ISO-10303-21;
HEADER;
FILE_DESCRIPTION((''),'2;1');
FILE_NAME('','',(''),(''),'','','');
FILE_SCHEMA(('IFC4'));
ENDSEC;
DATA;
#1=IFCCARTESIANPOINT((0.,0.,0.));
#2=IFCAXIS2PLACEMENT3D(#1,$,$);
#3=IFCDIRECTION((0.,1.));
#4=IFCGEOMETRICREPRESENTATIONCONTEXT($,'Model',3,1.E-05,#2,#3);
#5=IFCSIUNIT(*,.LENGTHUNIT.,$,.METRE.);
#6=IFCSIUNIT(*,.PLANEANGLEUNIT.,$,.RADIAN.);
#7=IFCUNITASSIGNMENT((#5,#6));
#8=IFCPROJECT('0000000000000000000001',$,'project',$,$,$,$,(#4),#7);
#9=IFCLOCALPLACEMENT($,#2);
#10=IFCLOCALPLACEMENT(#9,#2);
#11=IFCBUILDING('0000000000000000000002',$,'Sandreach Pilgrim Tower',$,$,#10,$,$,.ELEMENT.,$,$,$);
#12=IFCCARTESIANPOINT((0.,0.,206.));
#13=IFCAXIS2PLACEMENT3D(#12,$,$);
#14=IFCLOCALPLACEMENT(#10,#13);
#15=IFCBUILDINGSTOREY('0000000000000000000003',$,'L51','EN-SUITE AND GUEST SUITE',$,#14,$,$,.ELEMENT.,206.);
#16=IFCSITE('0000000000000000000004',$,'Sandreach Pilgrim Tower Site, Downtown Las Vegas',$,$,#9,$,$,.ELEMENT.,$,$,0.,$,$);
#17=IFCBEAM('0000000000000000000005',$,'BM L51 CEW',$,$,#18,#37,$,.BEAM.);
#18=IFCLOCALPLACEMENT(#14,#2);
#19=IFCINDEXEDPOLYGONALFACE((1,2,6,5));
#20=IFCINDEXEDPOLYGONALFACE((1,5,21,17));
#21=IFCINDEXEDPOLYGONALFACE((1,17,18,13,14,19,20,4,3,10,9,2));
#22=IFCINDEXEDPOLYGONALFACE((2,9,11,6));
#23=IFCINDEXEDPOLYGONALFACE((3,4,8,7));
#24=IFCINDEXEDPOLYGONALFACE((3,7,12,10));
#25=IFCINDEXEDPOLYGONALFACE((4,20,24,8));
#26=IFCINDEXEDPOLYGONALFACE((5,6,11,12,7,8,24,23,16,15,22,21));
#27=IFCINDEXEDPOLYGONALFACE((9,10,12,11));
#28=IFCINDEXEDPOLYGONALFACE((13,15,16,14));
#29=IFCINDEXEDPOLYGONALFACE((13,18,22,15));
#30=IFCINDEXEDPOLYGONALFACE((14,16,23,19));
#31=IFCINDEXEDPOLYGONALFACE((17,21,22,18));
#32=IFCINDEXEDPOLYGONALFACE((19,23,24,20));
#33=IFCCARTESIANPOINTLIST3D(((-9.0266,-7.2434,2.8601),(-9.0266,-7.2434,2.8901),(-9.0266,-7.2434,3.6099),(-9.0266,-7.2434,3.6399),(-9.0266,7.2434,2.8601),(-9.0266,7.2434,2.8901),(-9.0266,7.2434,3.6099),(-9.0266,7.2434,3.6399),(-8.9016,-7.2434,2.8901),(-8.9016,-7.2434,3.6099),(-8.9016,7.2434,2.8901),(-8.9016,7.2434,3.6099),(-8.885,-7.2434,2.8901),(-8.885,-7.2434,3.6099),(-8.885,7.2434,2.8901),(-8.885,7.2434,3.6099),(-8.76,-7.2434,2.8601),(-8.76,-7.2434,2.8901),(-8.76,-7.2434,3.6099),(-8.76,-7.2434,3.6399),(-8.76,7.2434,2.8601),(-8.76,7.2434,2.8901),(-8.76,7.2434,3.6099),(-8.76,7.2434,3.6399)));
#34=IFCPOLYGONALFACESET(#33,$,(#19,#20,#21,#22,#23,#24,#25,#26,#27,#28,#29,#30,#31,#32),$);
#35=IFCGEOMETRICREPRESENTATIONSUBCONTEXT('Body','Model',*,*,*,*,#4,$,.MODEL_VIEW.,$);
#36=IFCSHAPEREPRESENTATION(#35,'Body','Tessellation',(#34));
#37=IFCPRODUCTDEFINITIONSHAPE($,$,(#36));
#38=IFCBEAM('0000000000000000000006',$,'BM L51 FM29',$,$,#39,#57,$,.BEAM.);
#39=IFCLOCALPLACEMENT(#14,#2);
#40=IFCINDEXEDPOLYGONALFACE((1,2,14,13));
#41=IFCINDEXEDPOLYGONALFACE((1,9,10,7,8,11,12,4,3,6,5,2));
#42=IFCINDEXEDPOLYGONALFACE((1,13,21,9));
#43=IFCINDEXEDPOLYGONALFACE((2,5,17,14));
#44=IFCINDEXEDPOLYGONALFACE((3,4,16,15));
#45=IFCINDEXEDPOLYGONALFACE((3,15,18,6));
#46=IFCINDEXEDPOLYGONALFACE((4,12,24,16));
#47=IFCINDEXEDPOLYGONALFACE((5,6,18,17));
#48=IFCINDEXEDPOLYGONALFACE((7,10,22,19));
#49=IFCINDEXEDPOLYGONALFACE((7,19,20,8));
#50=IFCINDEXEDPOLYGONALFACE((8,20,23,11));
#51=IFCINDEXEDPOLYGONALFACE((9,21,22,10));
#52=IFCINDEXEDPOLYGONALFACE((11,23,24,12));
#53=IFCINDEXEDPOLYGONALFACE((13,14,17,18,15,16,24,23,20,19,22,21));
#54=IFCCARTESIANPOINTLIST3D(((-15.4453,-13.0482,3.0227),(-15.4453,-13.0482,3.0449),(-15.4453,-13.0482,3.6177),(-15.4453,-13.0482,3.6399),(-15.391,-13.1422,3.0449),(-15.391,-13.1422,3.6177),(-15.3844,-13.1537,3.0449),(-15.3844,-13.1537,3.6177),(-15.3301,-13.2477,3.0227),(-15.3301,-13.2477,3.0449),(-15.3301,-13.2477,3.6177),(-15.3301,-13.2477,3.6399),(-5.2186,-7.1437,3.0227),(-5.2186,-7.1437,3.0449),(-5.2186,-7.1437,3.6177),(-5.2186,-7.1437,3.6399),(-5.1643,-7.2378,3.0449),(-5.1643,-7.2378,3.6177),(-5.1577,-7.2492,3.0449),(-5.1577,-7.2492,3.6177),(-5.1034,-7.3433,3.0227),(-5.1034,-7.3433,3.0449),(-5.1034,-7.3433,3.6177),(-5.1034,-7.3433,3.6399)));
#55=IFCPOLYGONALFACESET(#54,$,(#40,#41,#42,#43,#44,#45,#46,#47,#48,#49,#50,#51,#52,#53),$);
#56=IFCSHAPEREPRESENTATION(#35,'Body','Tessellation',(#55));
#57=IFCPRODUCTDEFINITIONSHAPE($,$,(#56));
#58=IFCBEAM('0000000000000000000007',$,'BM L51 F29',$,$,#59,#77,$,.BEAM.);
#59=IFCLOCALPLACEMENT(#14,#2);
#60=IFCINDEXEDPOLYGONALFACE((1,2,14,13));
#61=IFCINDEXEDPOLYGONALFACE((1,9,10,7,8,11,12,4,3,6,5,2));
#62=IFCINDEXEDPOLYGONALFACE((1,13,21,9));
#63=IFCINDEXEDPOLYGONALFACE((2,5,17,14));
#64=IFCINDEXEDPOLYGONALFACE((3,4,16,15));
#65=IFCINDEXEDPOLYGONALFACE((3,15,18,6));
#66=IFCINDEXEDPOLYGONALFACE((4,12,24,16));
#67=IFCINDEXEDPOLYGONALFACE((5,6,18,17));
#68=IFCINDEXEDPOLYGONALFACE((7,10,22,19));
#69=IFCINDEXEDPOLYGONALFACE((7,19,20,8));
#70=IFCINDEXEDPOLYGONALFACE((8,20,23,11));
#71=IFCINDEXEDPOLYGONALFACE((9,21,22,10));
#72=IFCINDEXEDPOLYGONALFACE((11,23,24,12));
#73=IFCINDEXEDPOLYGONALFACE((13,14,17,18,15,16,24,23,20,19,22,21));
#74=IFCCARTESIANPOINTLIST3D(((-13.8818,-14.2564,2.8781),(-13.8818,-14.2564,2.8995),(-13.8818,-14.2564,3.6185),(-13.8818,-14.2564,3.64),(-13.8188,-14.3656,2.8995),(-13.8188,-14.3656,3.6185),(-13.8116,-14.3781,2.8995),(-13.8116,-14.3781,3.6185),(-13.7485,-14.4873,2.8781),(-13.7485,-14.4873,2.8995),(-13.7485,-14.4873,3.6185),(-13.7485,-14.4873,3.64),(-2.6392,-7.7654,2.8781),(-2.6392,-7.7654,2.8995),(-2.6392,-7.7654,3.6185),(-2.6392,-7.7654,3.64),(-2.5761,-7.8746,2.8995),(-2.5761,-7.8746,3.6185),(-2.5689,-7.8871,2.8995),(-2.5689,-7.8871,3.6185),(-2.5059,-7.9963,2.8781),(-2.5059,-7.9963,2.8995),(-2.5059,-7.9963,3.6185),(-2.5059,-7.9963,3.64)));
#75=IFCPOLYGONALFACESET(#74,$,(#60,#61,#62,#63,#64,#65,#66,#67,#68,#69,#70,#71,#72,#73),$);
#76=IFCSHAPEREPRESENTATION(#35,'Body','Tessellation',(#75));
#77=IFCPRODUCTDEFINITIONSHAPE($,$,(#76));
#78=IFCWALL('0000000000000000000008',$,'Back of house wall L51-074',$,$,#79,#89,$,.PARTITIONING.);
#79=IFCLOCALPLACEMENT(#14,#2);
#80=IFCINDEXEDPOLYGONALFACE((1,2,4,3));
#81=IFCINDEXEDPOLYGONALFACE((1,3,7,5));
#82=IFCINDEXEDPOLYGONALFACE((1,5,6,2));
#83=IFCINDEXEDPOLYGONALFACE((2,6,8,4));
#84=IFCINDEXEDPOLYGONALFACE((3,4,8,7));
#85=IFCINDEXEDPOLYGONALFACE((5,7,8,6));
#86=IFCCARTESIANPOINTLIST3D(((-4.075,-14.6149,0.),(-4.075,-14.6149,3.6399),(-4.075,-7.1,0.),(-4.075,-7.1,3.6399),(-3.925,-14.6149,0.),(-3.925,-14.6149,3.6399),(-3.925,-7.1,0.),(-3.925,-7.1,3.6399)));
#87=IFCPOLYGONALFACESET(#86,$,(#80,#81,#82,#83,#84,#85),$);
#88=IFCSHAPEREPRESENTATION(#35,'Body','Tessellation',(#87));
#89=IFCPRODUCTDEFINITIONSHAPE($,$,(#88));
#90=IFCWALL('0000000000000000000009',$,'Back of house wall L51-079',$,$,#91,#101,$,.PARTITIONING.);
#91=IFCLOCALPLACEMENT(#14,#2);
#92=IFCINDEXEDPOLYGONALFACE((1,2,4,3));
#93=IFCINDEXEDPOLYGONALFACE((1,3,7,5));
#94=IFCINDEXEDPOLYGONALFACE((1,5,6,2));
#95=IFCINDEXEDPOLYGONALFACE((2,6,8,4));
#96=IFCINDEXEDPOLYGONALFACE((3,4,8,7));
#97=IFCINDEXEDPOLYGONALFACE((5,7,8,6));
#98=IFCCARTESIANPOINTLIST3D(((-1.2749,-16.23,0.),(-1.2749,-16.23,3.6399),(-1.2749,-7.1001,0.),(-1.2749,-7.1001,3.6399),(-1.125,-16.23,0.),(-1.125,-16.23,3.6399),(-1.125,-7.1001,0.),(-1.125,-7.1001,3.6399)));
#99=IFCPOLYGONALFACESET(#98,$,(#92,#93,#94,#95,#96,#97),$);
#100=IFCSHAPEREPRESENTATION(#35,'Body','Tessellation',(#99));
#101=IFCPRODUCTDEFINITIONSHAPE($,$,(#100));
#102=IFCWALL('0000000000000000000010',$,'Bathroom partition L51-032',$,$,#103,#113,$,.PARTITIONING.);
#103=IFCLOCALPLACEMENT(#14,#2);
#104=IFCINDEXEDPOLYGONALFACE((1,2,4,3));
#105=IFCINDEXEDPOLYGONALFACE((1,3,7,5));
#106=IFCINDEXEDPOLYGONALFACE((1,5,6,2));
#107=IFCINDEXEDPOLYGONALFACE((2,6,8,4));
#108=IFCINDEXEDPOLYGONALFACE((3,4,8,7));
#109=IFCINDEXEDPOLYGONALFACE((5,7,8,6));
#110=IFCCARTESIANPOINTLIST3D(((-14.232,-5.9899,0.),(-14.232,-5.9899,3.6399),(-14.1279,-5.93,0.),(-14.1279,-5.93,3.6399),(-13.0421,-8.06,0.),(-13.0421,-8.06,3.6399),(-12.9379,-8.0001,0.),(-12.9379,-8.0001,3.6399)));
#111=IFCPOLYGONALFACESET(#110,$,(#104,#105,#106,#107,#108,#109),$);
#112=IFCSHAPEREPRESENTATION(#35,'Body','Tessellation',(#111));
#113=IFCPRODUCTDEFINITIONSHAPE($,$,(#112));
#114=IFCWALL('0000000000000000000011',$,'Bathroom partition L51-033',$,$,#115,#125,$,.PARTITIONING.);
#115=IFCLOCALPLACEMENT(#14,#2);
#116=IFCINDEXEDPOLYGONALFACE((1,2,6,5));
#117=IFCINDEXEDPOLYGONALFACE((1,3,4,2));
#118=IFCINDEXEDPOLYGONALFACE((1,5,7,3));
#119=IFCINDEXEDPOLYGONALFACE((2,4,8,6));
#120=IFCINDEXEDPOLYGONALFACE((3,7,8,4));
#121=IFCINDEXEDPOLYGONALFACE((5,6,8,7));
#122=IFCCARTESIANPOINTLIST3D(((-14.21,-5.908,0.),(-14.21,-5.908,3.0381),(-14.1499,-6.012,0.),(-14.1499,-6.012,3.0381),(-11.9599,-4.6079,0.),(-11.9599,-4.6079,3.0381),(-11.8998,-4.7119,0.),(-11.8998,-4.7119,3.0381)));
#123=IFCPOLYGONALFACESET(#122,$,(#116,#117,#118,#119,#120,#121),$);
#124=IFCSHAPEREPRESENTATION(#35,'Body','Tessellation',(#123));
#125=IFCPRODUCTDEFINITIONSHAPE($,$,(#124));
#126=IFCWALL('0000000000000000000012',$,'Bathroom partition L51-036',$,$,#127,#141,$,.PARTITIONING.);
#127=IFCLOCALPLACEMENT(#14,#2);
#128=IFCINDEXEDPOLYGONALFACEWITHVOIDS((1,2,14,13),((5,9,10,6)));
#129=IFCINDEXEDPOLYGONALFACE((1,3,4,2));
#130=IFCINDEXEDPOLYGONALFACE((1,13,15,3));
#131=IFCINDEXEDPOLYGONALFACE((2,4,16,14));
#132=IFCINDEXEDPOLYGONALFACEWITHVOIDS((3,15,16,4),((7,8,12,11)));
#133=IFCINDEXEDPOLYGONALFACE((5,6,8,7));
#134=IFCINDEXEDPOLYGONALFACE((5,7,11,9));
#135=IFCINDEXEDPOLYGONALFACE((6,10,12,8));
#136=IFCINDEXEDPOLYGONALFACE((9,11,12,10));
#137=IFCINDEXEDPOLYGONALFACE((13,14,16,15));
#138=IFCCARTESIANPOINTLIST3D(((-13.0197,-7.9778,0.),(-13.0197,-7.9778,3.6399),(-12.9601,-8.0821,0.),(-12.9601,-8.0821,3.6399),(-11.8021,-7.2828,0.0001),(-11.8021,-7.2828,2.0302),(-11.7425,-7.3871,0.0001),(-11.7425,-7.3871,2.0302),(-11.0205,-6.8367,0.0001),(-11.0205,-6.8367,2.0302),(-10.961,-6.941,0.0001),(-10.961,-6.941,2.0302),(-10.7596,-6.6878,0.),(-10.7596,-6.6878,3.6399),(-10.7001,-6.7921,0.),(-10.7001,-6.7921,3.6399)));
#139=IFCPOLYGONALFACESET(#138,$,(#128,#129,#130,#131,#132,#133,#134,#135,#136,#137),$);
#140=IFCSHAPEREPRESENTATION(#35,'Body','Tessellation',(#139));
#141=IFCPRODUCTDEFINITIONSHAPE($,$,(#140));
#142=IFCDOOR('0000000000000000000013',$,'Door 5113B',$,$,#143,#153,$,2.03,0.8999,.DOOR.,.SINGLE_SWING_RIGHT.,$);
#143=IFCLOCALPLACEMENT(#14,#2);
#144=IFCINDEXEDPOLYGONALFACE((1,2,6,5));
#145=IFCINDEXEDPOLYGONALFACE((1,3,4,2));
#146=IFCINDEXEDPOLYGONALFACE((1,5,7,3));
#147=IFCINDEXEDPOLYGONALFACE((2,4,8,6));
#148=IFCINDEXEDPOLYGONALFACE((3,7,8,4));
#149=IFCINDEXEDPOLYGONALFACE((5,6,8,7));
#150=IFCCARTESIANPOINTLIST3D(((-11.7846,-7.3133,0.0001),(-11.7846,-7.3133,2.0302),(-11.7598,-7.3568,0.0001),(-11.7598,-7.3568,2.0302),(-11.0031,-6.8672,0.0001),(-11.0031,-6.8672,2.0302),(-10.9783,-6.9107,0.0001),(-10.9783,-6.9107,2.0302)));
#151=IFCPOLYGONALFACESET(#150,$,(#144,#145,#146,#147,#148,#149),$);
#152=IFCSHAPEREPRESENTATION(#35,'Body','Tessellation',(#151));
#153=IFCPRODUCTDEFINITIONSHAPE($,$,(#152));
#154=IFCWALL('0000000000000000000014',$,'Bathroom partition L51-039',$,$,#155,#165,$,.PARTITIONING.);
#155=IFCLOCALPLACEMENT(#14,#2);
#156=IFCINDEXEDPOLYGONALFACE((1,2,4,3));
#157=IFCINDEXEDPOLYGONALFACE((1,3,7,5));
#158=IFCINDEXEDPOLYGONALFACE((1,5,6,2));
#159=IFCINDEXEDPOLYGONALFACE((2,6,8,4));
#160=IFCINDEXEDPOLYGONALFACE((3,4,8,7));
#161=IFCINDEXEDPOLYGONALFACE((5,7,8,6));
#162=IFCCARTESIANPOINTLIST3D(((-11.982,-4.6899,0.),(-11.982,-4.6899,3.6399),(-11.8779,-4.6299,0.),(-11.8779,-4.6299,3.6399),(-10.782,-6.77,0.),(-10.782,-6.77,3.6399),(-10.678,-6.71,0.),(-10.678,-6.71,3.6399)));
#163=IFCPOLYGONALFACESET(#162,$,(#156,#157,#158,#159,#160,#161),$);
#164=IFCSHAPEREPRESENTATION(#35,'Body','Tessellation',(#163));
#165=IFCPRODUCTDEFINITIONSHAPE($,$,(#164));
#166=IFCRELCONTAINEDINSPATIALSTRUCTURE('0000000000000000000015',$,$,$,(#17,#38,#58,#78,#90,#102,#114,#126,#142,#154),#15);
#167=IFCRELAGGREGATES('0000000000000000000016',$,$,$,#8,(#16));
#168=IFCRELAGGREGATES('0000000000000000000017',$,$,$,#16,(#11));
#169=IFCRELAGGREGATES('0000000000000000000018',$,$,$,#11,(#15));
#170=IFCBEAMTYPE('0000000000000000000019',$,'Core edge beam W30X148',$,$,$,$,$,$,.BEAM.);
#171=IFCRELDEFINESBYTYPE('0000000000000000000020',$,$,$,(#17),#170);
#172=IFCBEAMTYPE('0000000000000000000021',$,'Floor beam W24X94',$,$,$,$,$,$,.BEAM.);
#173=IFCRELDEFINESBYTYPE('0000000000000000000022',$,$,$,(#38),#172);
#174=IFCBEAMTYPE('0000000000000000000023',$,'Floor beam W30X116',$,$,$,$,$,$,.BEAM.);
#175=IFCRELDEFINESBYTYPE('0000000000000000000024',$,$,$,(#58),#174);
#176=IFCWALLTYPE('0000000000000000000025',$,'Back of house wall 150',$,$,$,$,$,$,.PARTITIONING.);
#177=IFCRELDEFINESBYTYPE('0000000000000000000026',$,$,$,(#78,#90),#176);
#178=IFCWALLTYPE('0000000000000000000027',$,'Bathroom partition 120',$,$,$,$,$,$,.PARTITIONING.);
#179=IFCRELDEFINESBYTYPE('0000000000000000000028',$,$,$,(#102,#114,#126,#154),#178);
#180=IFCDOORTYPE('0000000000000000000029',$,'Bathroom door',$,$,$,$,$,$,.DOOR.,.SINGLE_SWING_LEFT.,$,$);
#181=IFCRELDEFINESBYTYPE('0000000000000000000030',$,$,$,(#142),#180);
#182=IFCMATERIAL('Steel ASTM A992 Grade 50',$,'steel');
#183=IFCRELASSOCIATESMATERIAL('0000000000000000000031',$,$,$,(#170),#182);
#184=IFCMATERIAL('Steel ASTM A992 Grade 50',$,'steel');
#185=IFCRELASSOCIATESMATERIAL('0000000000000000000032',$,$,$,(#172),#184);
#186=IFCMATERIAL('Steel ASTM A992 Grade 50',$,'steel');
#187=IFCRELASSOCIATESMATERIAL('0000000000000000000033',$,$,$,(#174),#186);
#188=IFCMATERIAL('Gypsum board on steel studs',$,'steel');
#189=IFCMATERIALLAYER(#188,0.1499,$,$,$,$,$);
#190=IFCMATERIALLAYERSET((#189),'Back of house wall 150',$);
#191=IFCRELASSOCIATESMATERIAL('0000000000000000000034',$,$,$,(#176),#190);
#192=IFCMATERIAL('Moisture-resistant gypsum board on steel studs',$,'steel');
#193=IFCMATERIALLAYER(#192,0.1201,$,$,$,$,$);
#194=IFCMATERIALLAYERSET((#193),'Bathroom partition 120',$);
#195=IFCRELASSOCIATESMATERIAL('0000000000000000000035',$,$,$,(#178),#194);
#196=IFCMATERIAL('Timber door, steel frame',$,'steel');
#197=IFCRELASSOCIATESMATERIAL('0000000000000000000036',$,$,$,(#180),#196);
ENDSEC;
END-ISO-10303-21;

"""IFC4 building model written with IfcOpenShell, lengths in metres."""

from ifc_helpers import new_model, si_unit, direction, frame, frame_2d, origin, origin_2d, place, context, subcontext, project, spatial, rectangle, i_section, extrude, material, layer, layer_set, material_profile, profile_set, type_object, element, fill, save


model = new_model("IFC4")

# Units and contexts
model_context = context("Model", 3, precision=1e-05, world=origin(), true_north=direction((0.0, 1.0)))
body_context = subcontext(model_context, "Body", "Model", "MODEL_VIEW")
ifc_project = project(units=[si_unit("LENGTHUNIT", "METRE"), si_unit("PLANEANGLEUNIT", "RADIAN")], contexts=[model_context])

# Site, building, storey
site_placement = place(None, origin())
site = spatial("IfcSite", under=ifc_project, at=site_placement, Name="Sandreach Pilgrim Tower Site, Downtown Las Vegas", CompositionType="ELEMENT", RefElevation=0.0)
building_placement = place(site_placement, origin())
building = spatial("IfcBuilding", under=site, at=building_placement, Name="Sandreach Pilgrim Tower", CompositionType="ELEMENT")
storey_placement = place(building_placement, frame((0.0, 0.0, 206.0)))
storey = spatial("IfcBuildingStorey", under=building, at=storey_placement, Name="L51", Description="EN-SUITE AND GUEST SUITE", CompositionType="ELEMENT", Elevation=206.0)

# Beams
ifc_material_1 = material(Name="Steel ASTM A992 Grade 50", Category="steel")
ifc_material_profile_1 = material_profile(ifc_material_1, i_section(OverallWidth=0.2666, OverallDepth=0.7798, WebThickness=0.0166, FlangeThickness=0.03, at=origin_2d()), Name="W30X148")
ifc_profile_set_1 = profile_set([ifc_material_profile_1], Name="Steel ASTM A992 Grade 50")
beam_type_1 = type_object("IfcBeamType", Name="Core edge beam W30X148", PredefinedType="BEAM", material=ifc_profile_set_1)
beam_1_placement = place(storey_placement, frame((-8.8933, -7.2434, 3.25), z_axis=(0.0, 1.0, 0.0), x_axis=(-1.0, 0.0, 0.0)))
element("IfcBeam", 1, at=beam_1_placement, inside=storey, type_object=beam_type_1, Name="BM L51 CEW", PredefinedType="BEAM", context=body_context, shape_type="SweptSolid", body=[
    extrude(i_section(OverallWidth=0.2666, OverallDepth=0.7798, WebThickness=0.0166, FlangeThickness=0.03, at=origin_2d()), origin(), (0.0, 0.0, 1.0), 14.4868),
])
ifc_material_2 = material(Name="Steel ASTM A992 Grade 50", Category="steel")
ifc_material_profile_2 = material_profile(ifc_material_2, i_section(OverallWidth=0.2305, OverallDepth=0.6172, WebThickness=0.0132, FlangeThickness=0.0222, at=origin_2d()), Name="W24X94")
ifc_profile_set_2 = profile_set([ifc_material_profile_2], Name="Steel ASTM A992 Grade 50")
beam_type_2 = type_object("IfcBeamType", Name="Floor beam W24X94", PredefinedType="BEAM", material=ifc_profile_set_2)
beam_2_placement = place(storey_placement, frame((-15.3877, -13.1479, 3.3313), z_axis=(0.866022, 0.500006, 0.0), x_axis=(-0.500006, 0.866022, 0.0)))
element("IfcBeam", 2, at=beam_2_placement, inside=storey, type_object=beam_type_2, Name="BM L51 FM29", PredefinedType="BEAM", context=body_context, shape_type="SweptSolid", body=[
    extrude(i_section(OverallWidth=0.2305, OverallDepth=0.6172, WebThickness=0.0132, FlangeThickness=0.0222, at=origin_2d()), origin(), (0.0, 0.0, 1.0), 11.8088),
])
ifc_material_3 = material(Name="Steel ASTM A992 Grade 50", Category="steel")
ifc_material_profile_3 = material_profile(ifc_material_3, i_section(OverallWidth=0.2666, OverallDepth=0.762, WebThickness=0.0144, FlangeThickness=0.0215, at=origin_2d()), Name="W30X116")
ifc_profile_set_3 = profile_set([ifc_material_profile_3], Name="Steel ASTM A992 Grade 50")
beam_type_3 = type_object("IfcBeamType", Name="Floor beam W30X116", PredefinedType="BEAM", material=ifc_profile_set_3)
beam_3_placement = place(storey_placement, frame((-13.8152, -14.3718, 3.259), z_axis=(0.866025, 0.5, 0.0), x_axis=(-0.5, 0.866025, 0.0)))
element("IfcBeam", 3, at=beam_3_placement, inside=storey, type_object=beam_type_3, Name="BM L51 F29", PredefinedType="BEAM", context=body_context, shape_type="SweptSolid", body=[
    extrude(i_section(OverallWidth=0.2666, OverallDepth=0.762, WebThickness=0.0144, FlangeThickness=0.0215, at=origin_2d()), origin(), (0.0, 0.0, 1.0), 12.9819),
])

# Walls
ifc_material_4 = material(Name="Gypsum board on steel studs", Category="steel")
ifc_layer_1 = layer(ifc_material_4, 0.1499)
ifc_layer_set_1 = layer_set([ifc_layer_1], Name="Back of house wall 150")
wall_type_1 = type_object("IfcWallType", Name="Back of house wall 150", PredefinedType="PARTITIONING", material=ifc_layer_set_1)
wall_1_placement = place(storey_placement, frame((-4.0, -7.1001, 0.0), z_axis=(0.0, 0.0, 1.0), x_axis=(0.0, -1.0, 0.0)))
element("IfcWall", 4, at=wall_1_placement, inside=storey, type_object=wall_type_1, Name="Back of house wall L51-074", PredefinedType="PARTITIONING", context=body_context, shape_type="SweptSolid", body=[
    extrude(rectangle(XDim=7.5149, YDim=0.1499, at=frame_2d((3.7573, 0.0))), origin(), (0.0, 0.0, 1.0), 3.6399),
])
wall_2_placement = place(storey_placement, frame((-1.2, -7.1001, 0.0), z_axis=(0.0, 0.0, 1.0), x_axis=(0.0, -1.0, 0.0)))
element("IfcWall", 5, at=wall_2_placement, inside=storey, type_object=wall_type_1, Name="Back of house wall L51-079", PredefinedType="PARTITIONING", context=body_context, shape_type="SweptSolid", body=[
    extrude(rectangle(XDim=9.1299, YDim=0.1499, at=frame_2d((4.5649, 0.0))), origin(), (0.0, 0.0, 1.0), 3.6399),
])
ifc_material_5 = material(Name="Moisture-resistant gypsum board on steel studs", Category="steel")
ifc_layer_2 = layer(ifc_material_5, 0.1201)
ifc_layer_set_2 = layer_set([ifc_layer_2], Name="Bathroom partition 120")
wall_type_2 = type_object("IfcWallType", Name="Bathroom partition 120", PredefinedType="PARTITIONING", material=ifc_layer_set_2)
wall_3_placement = place(storey_placement, frame((-14.1799, -5.96, 0.0), z_axis=(0.0, 0.0, 1.0), x_axis=(0.498362, -0.866969, 0.0)))
element("IfcWall", 6, at=wall_3_placement, inside=storey, type_object=wall_type_2, Name="Bathroom partition L51-032", PredefinedType="PARTITIONING", context=body_context, shape_type="SweptSolid", body=[
    extrude(rectangle(XDim=2.3877, YDim=0.1201, at=frame_2d((1.1938, 0.0))), origin(), (0.0, 0.0, 1.0), 3.6399),
])
wall_4_placement = place(storey_placement, frame((-14.1799, -5.96, 0.0), z_axis=(0.0, 0.0, 1.0), x_axis=(0.865857, 0.500292, 0.0)))
element("IfcWall", 7, at=wall_4_placement, inside=storey, type_object=wall_type_2, Name="Bathroom partition L51-033", PredefinedType="PARTITIONING", context=body_context, shape_type="SweptSolid", body=[
    extrude(rectangle(XDim=2.5986, YDim=0.1201, at=frame_2d((1.2993, 0.0))), origin(), (0.0, 0.0, 1.0), 3.0381),
])

# Wall, opening, door
wall_5_placement = place(storey_placement, frame((-12.99, -8.03, 0.0), z_axis=(0.0, 0.0, 1.0), x_axis=(0.868474, 0.495735, 0.0)))
wall_5 = element("IfcWall", 8, at=wall_5_placement, inside=storey, type_object=wall_type_2, Name="Bathroom partition L51-036", PredefinedType="PARTITIONING", context=body_context, shape_type="SweptSolid", body=[
    extrude(rectangle(XDim=2.6023, YDim=0.1201, at=frame_2d((1.3013, 0.0))), origin(), (0.0, 0.0, 1.0), 3.6399),
])
opening_1_placement = place(wall_5_placement, frame((1.4021, 0.0, 0.0)))
opening_1 = element("IfcOpeningElement", 9, at=opening_1_placement, cuts=wall_5, PredefinedType="OPENING", context=body_context, shape_type="SweptSolid", body=[
    extrude(rectangle(XDim=0.8999, YDim=2.03, at=frame_2d((0.45, 1.0151))), frame((0.0, 0.0601, 0.0), z_axis=(0.0, -1.0, 0.0), x_axis=(1.0, 0.0, 0.0)), (0.0, 0.0, 1.0), 0.1201),
])
ifc_material_6 = material(Name="Timber door, steel frame", Category="steel")
door_type_1 = type_object("IfcDoorType", Name="Bathroom door", OperationType="SINGLE_SWING_LEFT", PredefinedType="DOOR", material=ifc_material_6)
door_1_placement = place(opening_1_placement, origin())
door_1 = element("IfcDoor", 10, at=door_1_placement, inside=storey, type_object=door_type_1, Name="Door 5113B", OperationType="SINGLE_SWING_RIGHT", OverallHeight=2.03, OverallWidth=0.8999, PredefinedType="DOOR", context=body_context, shape_type="SweptSolid", body=[
    extrude(rectangle(XDim=0.8999, YDim=2.03, at=frame_2d((0.45, 1.0151))), frame((0.0, 0.0249, 0.0), z_axis=(0.0, -1.0, 0.0), x_axis=(1.0, 0.0, 0.0)), (0.0, 0.0, 1.0), 0.05),
])
fill(opening_1, door_1)

# Wall
wall_6_placement = place(storey_placement, frame((-11.9299, -4.6599, 0.0), z_axis=(0.0, 0.0, 1.0), x_axis=(0.499693, -0.866203, 0.0)))
element("IfcWall", 11, at=wall_6_placement, inside=storey, type_object=wall_type_2, Name="Bathroom partition L51-039", PredefinedType="PARTITIONING", context=body_context, shape_type="SweptSolid", body=[
    extrude(rectangle(XDim=2.4014, YDim=0.1201, at=frame_2d((1.2007, 0.0))), origin(), (0.0, 0.0, 1.0), 3.6399),
])

save(model, "model.ifc")
